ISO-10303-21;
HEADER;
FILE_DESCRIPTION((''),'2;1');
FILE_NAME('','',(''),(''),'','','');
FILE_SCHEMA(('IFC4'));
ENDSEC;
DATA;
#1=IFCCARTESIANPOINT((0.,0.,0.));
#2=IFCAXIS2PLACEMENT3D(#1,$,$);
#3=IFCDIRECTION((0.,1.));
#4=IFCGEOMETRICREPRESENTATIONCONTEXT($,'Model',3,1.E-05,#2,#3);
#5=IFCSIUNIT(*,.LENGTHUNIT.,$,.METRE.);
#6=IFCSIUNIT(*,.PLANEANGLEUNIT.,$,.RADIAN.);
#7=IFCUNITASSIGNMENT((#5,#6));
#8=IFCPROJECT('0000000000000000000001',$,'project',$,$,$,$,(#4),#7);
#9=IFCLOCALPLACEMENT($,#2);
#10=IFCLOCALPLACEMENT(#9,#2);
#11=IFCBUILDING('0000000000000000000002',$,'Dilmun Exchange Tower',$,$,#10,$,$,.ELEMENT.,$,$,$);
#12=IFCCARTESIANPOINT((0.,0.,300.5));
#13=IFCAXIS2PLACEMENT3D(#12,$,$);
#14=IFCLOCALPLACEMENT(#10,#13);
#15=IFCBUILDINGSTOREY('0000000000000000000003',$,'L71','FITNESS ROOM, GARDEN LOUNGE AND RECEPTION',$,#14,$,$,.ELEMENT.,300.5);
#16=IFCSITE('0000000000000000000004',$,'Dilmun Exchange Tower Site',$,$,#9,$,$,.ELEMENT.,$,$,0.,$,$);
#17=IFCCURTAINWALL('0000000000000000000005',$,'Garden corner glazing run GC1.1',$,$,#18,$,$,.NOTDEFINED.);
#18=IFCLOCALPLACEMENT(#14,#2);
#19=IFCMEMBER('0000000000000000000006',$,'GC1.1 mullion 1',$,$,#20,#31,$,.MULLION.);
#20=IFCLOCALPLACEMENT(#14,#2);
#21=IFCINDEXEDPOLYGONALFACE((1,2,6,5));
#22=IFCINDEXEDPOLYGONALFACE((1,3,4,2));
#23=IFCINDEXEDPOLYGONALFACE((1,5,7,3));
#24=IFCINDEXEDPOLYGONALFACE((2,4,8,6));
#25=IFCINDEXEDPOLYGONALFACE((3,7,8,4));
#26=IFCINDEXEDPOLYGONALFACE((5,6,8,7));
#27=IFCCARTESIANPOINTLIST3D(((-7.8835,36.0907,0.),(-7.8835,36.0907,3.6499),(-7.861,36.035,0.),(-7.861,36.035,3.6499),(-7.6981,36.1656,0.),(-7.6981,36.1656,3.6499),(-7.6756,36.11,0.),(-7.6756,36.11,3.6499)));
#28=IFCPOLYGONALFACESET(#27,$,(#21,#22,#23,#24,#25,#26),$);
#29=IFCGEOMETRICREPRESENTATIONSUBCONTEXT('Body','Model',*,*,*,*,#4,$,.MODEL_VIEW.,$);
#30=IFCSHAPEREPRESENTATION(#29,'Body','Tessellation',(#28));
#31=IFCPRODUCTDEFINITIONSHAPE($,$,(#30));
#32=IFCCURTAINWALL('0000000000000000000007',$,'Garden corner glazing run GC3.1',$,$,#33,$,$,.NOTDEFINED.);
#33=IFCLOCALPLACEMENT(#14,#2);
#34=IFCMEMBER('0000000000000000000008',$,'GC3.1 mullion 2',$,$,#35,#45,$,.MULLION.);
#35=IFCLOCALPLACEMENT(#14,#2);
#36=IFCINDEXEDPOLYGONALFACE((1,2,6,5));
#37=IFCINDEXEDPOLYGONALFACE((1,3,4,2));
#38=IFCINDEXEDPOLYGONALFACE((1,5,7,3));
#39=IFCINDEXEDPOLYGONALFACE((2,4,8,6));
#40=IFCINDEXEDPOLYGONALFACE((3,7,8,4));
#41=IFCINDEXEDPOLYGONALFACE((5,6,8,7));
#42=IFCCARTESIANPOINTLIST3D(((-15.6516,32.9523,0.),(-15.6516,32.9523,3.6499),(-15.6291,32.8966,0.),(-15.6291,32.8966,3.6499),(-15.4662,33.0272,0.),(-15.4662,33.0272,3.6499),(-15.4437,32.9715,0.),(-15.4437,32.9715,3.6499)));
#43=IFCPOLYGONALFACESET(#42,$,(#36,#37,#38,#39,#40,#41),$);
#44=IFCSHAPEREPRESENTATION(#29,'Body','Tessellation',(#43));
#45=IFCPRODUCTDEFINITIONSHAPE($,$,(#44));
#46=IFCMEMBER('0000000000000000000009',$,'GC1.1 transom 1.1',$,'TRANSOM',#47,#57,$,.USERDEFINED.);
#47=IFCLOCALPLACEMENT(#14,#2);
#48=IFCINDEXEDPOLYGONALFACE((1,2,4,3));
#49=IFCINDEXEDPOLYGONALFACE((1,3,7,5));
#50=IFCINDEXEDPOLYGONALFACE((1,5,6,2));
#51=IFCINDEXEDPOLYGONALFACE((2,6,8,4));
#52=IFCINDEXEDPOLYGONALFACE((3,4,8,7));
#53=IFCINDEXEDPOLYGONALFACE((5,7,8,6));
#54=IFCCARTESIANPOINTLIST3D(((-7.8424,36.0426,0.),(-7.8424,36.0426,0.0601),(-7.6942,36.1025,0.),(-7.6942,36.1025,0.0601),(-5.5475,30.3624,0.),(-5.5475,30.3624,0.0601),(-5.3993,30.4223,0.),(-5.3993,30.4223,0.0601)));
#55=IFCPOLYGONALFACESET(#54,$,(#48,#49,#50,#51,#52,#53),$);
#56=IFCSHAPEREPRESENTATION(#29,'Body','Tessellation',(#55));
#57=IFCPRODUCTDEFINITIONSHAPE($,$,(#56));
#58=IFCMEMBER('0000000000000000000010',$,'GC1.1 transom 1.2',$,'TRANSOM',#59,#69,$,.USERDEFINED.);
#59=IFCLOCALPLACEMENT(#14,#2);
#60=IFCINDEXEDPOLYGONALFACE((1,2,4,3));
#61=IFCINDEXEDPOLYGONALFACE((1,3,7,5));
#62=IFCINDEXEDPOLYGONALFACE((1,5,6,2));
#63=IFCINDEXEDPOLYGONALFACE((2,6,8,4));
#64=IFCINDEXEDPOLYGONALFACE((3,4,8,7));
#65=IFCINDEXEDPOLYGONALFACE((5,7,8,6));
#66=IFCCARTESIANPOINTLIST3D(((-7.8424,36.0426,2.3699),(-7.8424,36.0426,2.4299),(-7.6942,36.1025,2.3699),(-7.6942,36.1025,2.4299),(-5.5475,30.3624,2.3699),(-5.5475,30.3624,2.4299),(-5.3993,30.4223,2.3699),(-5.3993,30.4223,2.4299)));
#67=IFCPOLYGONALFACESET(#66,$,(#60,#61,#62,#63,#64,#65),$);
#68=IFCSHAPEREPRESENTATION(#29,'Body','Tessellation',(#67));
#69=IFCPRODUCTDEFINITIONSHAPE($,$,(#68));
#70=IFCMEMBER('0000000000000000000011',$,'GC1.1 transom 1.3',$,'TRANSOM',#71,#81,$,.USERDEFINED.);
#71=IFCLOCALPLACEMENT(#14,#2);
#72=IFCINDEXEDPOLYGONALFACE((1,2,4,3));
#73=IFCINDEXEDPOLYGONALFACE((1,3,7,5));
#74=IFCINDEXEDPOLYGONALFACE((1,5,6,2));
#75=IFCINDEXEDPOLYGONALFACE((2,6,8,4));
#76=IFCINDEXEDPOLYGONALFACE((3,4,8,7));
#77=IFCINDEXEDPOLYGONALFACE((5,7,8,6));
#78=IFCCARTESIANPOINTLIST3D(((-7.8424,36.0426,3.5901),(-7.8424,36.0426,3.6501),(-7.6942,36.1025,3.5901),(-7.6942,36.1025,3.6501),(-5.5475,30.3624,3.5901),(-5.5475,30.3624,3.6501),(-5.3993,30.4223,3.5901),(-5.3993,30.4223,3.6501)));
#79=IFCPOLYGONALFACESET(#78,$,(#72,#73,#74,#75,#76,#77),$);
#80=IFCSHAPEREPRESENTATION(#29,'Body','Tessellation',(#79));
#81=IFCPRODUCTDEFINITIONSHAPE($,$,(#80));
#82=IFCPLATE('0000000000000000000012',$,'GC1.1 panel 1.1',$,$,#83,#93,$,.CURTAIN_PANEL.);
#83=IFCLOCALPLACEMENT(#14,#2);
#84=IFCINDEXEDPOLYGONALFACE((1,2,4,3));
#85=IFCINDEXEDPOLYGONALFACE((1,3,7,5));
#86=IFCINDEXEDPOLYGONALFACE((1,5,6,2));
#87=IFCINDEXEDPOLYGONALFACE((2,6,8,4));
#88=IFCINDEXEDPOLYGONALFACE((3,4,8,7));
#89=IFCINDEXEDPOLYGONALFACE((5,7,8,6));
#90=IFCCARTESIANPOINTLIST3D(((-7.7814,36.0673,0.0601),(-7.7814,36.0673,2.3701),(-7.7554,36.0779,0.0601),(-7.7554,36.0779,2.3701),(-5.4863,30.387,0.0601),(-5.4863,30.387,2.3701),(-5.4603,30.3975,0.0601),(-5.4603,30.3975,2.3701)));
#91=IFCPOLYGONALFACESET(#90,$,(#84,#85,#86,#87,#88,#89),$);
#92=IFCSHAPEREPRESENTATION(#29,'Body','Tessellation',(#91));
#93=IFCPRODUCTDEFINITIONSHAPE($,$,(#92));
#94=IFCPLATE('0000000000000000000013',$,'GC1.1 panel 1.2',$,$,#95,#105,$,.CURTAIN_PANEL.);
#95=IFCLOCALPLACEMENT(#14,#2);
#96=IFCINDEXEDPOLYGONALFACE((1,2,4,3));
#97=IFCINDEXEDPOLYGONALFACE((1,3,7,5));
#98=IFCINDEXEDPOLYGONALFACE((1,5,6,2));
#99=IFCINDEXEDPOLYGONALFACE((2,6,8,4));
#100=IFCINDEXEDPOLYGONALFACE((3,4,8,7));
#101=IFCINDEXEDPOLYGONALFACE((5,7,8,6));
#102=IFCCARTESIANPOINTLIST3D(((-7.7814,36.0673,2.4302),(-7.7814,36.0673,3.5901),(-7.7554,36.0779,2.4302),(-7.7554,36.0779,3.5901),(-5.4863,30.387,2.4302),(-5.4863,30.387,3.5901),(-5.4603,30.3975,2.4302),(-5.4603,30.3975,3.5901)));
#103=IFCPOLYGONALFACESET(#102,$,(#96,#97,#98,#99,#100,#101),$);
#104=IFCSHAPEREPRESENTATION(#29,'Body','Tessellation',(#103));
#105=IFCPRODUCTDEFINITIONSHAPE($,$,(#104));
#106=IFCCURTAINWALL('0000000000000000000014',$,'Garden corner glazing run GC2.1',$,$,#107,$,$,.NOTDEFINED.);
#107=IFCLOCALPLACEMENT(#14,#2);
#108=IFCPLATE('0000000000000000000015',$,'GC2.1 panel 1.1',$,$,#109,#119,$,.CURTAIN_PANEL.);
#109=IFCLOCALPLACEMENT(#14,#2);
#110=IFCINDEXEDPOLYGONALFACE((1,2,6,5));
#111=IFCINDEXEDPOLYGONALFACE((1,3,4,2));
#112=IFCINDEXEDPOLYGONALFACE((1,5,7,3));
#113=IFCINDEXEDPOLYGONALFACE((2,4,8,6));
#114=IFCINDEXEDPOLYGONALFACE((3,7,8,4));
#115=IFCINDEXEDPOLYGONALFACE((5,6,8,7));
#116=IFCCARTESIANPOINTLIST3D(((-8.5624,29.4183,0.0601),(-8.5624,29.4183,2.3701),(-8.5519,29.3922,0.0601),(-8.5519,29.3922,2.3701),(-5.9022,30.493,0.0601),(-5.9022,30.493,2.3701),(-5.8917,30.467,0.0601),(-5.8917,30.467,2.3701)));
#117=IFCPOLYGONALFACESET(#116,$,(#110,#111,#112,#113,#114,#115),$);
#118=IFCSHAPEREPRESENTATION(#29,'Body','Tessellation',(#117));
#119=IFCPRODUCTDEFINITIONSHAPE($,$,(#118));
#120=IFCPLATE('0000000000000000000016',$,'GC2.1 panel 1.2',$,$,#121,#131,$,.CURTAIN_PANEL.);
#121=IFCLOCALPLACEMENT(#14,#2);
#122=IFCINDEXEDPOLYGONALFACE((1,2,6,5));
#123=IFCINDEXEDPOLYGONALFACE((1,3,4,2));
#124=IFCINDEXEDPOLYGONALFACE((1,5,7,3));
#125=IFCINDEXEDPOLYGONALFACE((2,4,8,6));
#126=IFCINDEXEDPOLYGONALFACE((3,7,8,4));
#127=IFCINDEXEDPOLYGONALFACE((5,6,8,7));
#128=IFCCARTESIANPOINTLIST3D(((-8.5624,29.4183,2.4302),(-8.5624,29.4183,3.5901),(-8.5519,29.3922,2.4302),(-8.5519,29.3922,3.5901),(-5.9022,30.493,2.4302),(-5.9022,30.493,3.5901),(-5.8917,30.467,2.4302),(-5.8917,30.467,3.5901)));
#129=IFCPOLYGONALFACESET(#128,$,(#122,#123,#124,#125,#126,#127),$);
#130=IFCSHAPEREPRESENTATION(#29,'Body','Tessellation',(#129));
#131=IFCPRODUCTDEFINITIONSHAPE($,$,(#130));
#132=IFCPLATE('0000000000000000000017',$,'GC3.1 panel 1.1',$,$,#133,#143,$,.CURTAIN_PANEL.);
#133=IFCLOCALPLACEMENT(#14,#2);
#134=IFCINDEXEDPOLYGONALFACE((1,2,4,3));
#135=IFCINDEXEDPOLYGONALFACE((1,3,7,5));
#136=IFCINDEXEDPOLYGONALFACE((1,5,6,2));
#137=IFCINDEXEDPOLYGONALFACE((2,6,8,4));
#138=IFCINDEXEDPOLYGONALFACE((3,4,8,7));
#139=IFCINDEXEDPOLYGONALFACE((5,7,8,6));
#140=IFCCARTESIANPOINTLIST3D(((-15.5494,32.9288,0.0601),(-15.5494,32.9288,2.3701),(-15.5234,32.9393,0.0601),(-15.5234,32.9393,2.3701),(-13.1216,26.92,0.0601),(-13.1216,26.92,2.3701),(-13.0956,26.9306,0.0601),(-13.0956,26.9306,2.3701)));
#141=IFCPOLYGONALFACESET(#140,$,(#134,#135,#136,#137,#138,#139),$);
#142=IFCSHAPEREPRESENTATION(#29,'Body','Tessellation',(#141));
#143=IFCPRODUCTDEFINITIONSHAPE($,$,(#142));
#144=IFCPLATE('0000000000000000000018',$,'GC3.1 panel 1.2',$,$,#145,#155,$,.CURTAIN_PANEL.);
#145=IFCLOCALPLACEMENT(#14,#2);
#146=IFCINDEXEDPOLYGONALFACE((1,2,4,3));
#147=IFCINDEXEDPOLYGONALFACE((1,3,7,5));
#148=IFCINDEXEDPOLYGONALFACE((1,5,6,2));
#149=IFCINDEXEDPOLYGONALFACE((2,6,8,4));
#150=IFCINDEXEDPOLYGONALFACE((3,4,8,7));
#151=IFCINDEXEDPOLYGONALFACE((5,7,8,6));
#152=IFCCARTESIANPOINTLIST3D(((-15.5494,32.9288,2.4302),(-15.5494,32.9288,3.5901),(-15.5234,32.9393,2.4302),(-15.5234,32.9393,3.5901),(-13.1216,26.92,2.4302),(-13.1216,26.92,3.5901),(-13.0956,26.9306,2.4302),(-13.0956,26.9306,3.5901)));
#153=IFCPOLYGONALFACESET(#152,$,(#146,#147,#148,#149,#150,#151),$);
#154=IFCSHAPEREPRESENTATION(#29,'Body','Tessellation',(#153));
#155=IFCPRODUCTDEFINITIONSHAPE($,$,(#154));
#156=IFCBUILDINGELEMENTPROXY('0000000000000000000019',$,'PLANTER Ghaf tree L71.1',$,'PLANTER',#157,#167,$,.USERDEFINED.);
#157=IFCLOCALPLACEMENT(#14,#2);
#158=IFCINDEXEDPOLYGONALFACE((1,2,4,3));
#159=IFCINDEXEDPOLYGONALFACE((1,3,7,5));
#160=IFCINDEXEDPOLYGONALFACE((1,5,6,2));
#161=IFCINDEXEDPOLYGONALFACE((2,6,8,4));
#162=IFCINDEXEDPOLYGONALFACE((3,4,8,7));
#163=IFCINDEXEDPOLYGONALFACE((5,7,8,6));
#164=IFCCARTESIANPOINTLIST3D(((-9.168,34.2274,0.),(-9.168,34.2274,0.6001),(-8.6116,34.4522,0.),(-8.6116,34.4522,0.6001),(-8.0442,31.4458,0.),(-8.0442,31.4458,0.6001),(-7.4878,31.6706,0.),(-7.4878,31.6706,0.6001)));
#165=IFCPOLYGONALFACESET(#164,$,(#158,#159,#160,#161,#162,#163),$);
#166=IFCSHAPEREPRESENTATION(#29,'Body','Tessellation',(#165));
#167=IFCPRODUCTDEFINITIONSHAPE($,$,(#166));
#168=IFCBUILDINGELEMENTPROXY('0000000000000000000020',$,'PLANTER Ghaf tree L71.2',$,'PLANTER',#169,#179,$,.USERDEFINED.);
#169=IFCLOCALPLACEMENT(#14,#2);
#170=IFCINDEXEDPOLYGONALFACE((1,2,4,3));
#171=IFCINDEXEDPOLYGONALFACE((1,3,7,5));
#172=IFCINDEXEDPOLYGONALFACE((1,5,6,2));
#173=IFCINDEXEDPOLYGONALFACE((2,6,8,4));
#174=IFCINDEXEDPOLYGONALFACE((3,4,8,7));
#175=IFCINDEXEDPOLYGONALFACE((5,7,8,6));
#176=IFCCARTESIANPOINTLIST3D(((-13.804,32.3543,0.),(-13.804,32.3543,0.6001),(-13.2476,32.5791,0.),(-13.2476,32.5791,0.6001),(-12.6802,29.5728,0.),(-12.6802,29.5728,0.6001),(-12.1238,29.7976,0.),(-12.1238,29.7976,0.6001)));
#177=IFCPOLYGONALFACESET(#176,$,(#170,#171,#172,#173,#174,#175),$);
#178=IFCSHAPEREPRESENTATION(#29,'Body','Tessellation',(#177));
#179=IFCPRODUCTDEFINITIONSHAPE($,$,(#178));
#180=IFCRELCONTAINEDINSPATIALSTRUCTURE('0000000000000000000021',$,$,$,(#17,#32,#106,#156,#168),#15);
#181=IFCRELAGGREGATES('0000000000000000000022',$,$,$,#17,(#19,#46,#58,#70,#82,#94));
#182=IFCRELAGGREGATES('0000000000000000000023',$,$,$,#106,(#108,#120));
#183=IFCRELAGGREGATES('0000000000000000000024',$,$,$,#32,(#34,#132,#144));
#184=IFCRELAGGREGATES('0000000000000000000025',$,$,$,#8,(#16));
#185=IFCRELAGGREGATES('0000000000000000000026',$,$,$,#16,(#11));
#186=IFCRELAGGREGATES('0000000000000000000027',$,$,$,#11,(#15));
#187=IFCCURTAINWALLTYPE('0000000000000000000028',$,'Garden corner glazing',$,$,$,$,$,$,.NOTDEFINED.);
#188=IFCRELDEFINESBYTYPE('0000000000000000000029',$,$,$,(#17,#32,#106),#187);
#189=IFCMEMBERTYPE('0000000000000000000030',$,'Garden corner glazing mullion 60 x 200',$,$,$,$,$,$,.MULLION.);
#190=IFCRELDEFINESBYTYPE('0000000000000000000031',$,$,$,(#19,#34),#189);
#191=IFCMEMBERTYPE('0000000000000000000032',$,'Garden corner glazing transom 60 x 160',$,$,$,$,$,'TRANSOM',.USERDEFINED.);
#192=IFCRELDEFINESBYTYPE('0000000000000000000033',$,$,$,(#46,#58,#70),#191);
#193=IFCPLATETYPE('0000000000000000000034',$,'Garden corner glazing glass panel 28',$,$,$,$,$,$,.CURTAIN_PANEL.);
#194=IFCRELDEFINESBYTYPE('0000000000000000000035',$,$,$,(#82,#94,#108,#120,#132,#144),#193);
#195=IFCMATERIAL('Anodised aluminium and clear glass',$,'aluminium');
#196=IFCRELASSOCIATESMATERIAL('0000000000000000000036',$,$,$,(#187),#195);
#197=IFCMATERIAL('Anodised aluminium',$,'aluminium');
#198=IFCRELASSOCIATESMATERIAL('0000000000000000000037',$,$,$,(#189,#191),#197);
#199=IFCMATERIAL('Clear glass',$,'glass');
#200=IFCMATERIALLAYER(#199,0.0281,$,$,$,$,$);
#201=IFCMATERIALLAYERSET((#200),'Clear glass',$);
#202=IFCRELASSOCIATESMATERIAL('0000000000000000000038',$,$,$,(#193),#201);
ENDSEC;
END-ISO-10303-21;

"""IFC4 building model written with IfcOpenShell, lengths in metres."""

from ifc_helpers import new_model, si_unit, direction, frame, origin, origin_2d, place, context, subcontext, project, spatial, rectangle, extrude, material, layer, layer_set, material_profile, profile_set, type_object, element, aggregate, save


model = new_model("IFC4")

# Units and contexts
model_context = context("Model", 3, precision=1e-05, world=origin(), true_north=direction((0.0, 1.0)))
body_context = subcontext(model_context, "Body", "Model", "MODEL_VIEW")
ifc_project = project(units=[si_unit("LENGTHUNIT", "METRE"), si_unit("PLANEANGLEUNIT", "RADIAN")], contexts=[model_context])

# Site, building, storey
site_placement = place(None, origin())
site = spatial("IfcSite", under=ifc_project, at=site_placement, Name="Dilmun Exchange Tower Site", CompositionType="ELEMENT", RefElevation=0.0)
building_placement = place(site_placement, origin())
building = spatial("IfcBuilding", under=site, at=building_placement, Name="Dilmun Exchange Tower", CompositionType="ELEMENT")
storey_placement = place(building_placement, frame((0.0, 0.0, 300.5)))
storey = spatial("IfcBuildingStorey", under=building, at=storey_placement, Name="L71", Description="FITNESS ROOM, GARDEN LOUNGE AND RECEPTION", CompositionType="ELEMENT", Elevation=300.5)

# Curtain walls, members
ifc_material_1 = material(Name="Anodised aluminium and clear glass", Category="aluminium")
curtain_wall_type = type_object("IfcCurtainWallType", Name="Garden corner glazing", PredefinedType="NOTDEFINED", material=ifc_material_1)
curtain_wall_1_placement = place(storey_placement, origin())
curtain_wall_1 = element("IfcCurtainWall", 1, at=curtain_wall_1_placement, inside=storey, type_object=curtain_wall_type, Name="Garden corner glazing run GC1.1", PredefinedType="NOTDEFINED")
ifc_material_2 = material(Name="Anodised aluminium", Category="aluminium")
ifc_material_profile_1 = material_profile(ifc_material_2, rectangle(XDim=0.2, YDim=0.0601, at=origin_2d()), Name="AL 60x200")
ifc_profile_set_1 = profile_set([ifc_material_profile_1], Name="Anodised aluminium")
member_type_1 = type_object("IfcMemberType", Name="Garden corner glazing mullion 60 x 200", PredefinedType="MULLION", material=ifc_profile_set_1)
member_1_placement = place(storey_placement, frame((-7.7795, 36.1003, 0.0), z_axis=(0.0, 0.0, 1.0), x_axis=(0.927182, 0.374612, 0.0)))
member_1 = element("IfcMember", 2, at=member_1_placement, type_object=member_type_1, Name="GC1.1 mullion 1", PredefinedType="MULLION", context=body_context, shape_type="SweptSolid", body=[
    extrude(rectangle(XDim=0.2, YDim=0.0601, at=origin_2d()), origin(), (0.0, 0.0, 1.0), 3.6499),
])
curtain_wall_2_placement = place(storey_placement, origin())
curtain_wall_2 = element("IfcCurtainWall", 3, at=curtain_wall_2_placement, inside=storey, type_object=curtain_wall_type, Name="Garden corner glazing run GC3.1", PredefinedType="NOTDEFINED")
member_2_placement = place(storey_placement, frame((-15.5476, 32.9619, 0.0), z_axis=(0.0, 0.0, 1.0), x_axis=(-0.927181, -0.374614, 0.0)))
member_2 = element("IfcMember", 4, at=member_2_placement, type_object=member_type_1, Name="GC3.1 mullion 2", PredefinedType="MULLION", context=body_context, shape_type="SweptSolid", body=[
    extrude(rectangle(XDim=0.2, YDim=0.0601, at=origin_2d()), origin(), (0.0, 0.0, 1.0), 3.6499),
])

# Members
ifc_material_profile_2 = material_profile(ifc_material_2, rectangle(XDim=0.1599, YDim=0.0601, at=origin_2d()), Name="AL 60x160")
ifc_profile_set_2 = profile_set([ifc_material_profile_2], Name="Anodised aluminium")
member_type_2 = type_object("IfcMemberType", Name="Garden corner glazing transom 60 x 160", ElementType="TRANSOM", PredefinedType="USERDEFINED", material=ifc_profile_set_2)
member_3_placement = place(storey_placement, frame((-7.7683, 36.0725, 0.03), z_axis=(0.374604, -0.927185, 0.0), x_axis=(0.927185, 0.374604, 0.0)))
member_3 = element("IfcMember", 5, at=member_3_placement, type_object=member_type_2, Name="GC1.1 transom 1.1", ObjectType="TRANSOM", PredefinedType="USERDEFINED", context=body_context, shape_type="SweptSolid", body=[
    extrude(rectangle(XDim=0.1599, YDim=0.0601, at=origin_2d()), origin(), (0.0, 0.0, 1.0), 6.1262),
])
member_4_placement = place(storey_placement, frame((-7.7683, 36.0725, 2.3999), z_axis=(0.374604, -0.927185, 0.0), x_axis=(0.927185, 0.374604, 0.0)))
member_4 = element("IfcMember", 6, at=member_4_placement, type_object=member_type_2, Name="GC1.1 transom 1.2", ObjectType="TRANSOM", PredefinedType="USERDEFINED", context=body_context, shape_type="SweptSolid", body=[
    extrude(rectangle(XDim=0.1599, YDim=0.0601, at=origin_2d()), origin(), (0.0, 0.0, 1.0), 6.1262),
])
member_5_placement = place(storey_placement, frame((-7.7683, 36.0725, 3.6201), z_axis=(0.374604, -0.927185, 0.0), x_axis=(0.927185, 0.374604, 0.0)))
member_5 = element("IfcMember", 7, at=member_5_placement, type_object=member_type_2, Name="GC1.1 transom 1.3", ObjectType="TRANSOM", PredefinedType="USERDEFINED", context=body_context, shape_type="SweptSolid", body=[
    extrude(rectangle(XDim=0.1599, YDim=0.0601, at=origin_2d()), origin(), (0.0, 0.0, 1.0), 6.1262),
])

# Plates
ifc_material_3 = material(Name="Clear glass", Category="glass")
ifc_layer_1 = layer(ifc_material_3, 0.0281)
ifc_layer_set_1 = layer_set([ifc_layer_1], Name="Clear glass")
plate_type = type_object("IfcPlateType", Name="Garden corner glazing glass panel 28", PredefinedType="CURTAIN_PANEL", material=ifc_layer_set_1)
plate_1_placement = place(storey_placement, frame((-6.6208, 33.2324, 0.0601), z_axis=(0.0, 0.0, 1.0), x_axis=(0.374612, -0.927182, 0.0)))
plate_1 = element("IfcPlate", 8, at=plate_1_placement, type_object=plate_type, Name="GC1.1 panel 1.1", PredefinedType="CURTAIN_PANEL", context=body_context, shape_type="SweptSolid", body=[
    extrude(rectangle(XDim=6.1265, YDim=0.0281, at=origin_2d()), origin(), (0.0, 0.0, 1.0), 2.3101),
])
plate_2_placement = place(storey_placement, frame((-6.6208, 33.2324, 2.4302), z_axis=(0.0, 0.0, 1.0), x_axis=(0.374612, -0.927182, 0.0)))
plate_2 = element("IfcPlate", 9, at=plate_2_placement, type_object=plate_type, Name="GC1.1 panel 1.2", PredefinedType="CURTAIN_PANEL", context=body_context, shape_type="SweptSolid", body=[
    extrude(rectangle(XDim=6.1265, YDim=0.0281, at=origin_2d()), origin(), (0.0, 0.0, 1.0), 1.1599),
])
aggregate(curtain_wall_1, [member_1, member_3, member_4, member_5, plate_1, plate_2])

# Curtain wall, plates
curtain_wall_3_placement = place(storey_placement, origin())
curtain_wall_3 = element("IfcCurtainWall", 10, at=curtain_wall_3_placement, inside=storey, type_object=curtain_wall_type, Name="Garden corner glazing run GC2.1", PredefinedType="NOTDEFINED")
plate_3_placement = place(storey_placement, frame((-7.2271, 29.9426, 0.0601), z_axis=(0.0, 0.0, 1.0), x_axis=(-0.927191, -0.37459, 0.0)))
plate_3 = element("IfcPlate", 11, at=plate_3_placement, type_object=plate_type, Name="GC2.1 panel 1.1", PredefinedType="CURTAIN_PANEL", context=body_context, shape_type="SweptSolid", body=[
    extrude(rectangle(XDim=2.8691, YDim=0.0281, at=origin_2d()), origin(), (0.0, 0.0, 1.0), 2.3101),
])
plate_4_placement = place(storey_placement, frame((-7.2271, 29.9426, 2.4302), z_axis=(0.0, 0.0, 1.0), x_axis=(-0.927191, -0.37459, 0.0)))
plate_4 = element("IfcPlate", 12, at=plate_4_placement, type_object=plate_type, Name="GC2.1 panel 1.2", PredefinedType="CURTAIN_PANEL", context=body_context, shape_type="SweptSolid", body=[
    extrude(rectangle(XDim=2.8691, YDim=0.0281, at=origin_2d()), origin(), (0.0, 0.0, 1.0), 1.1599),
])
aggregate(curtain_wall_3, [plate_3, plate_4])

# Plates
plate_5_placement = place(storey_placement, frame((-14.3225, 29.9297, 0.0601), z_axis=(0.0, 0.0, 1.0), x_axis=(-0.374614, 0.927181, 0.0)))
plate_5 = element("IfcPlate", 13, at=plate_5_placement, type_object=plate_type, Name="GC3.1 panel 1.1", PredefinedType="CURTAIN_PANEL", context=body_context, shape_type="SweptSolid", body=[
    extrude(rectangle(XDim=6.4807, YDim=0.0281, at=origin_2d()), origin(), (0.0, 0.0, 1.0), 2.3101),
])
plate_6_placement = place(storey_placement, frame((-14.3225, 29.9297, 2.4302), z_axis=(0.0, 0.0, 1.0), x_axis=(-0.374614, 0.927181, 0.0)))
plate_6 = element("IfcPlate", 14, at=plate_6_placement, type_object=plate_type, Name="GC3.1 panel 1.2", PredefinedType="CURTAIN_PANEL", context=body_context, shape_type="SweptSolid", body=[
    extrude(rectangle(XDim=6.4807, YDim=0.0281, at=origin_2d()), origin(), (0.0, 0.0, 1.0), 1.1599),
])
aggregate(curtain_wall_2, [member_2, plate_5, plate_6])

# Building element proxies
for number, where, z_axis, x_axis, name in (
    (15, (-8.3279, 32.949, 0.0), (0.0, 0.0, 1.0), (-0.374607, 0.927184, 0.0), "PLANTER Ghaf tree L71.1"),
    (16, (-12.9639, 31.0759, 0.0), (0.0, 0.0, 1.0), (-0.374607, 0.927184, 0.0), "PLANTER Ghaf tree L71.2"),
):
    element("IfcBuildingElementProxy", number, at=place(storey_placement, frame(where, z_axis=z_axis, x_axis=x_axis)), inside=storey, Name=name, ObjectType="PLANTER", PredefinedType="USERDEFINED", context=body_context, shape_type="SweptSolid", body=[
        extrude(rectangle(XDim=3.0, YDim=0.6001, at=origin_2d()), origin(), (0.0, 0.0, 1.0), 0.6001),
    ])

save(model, "model.ifc")
